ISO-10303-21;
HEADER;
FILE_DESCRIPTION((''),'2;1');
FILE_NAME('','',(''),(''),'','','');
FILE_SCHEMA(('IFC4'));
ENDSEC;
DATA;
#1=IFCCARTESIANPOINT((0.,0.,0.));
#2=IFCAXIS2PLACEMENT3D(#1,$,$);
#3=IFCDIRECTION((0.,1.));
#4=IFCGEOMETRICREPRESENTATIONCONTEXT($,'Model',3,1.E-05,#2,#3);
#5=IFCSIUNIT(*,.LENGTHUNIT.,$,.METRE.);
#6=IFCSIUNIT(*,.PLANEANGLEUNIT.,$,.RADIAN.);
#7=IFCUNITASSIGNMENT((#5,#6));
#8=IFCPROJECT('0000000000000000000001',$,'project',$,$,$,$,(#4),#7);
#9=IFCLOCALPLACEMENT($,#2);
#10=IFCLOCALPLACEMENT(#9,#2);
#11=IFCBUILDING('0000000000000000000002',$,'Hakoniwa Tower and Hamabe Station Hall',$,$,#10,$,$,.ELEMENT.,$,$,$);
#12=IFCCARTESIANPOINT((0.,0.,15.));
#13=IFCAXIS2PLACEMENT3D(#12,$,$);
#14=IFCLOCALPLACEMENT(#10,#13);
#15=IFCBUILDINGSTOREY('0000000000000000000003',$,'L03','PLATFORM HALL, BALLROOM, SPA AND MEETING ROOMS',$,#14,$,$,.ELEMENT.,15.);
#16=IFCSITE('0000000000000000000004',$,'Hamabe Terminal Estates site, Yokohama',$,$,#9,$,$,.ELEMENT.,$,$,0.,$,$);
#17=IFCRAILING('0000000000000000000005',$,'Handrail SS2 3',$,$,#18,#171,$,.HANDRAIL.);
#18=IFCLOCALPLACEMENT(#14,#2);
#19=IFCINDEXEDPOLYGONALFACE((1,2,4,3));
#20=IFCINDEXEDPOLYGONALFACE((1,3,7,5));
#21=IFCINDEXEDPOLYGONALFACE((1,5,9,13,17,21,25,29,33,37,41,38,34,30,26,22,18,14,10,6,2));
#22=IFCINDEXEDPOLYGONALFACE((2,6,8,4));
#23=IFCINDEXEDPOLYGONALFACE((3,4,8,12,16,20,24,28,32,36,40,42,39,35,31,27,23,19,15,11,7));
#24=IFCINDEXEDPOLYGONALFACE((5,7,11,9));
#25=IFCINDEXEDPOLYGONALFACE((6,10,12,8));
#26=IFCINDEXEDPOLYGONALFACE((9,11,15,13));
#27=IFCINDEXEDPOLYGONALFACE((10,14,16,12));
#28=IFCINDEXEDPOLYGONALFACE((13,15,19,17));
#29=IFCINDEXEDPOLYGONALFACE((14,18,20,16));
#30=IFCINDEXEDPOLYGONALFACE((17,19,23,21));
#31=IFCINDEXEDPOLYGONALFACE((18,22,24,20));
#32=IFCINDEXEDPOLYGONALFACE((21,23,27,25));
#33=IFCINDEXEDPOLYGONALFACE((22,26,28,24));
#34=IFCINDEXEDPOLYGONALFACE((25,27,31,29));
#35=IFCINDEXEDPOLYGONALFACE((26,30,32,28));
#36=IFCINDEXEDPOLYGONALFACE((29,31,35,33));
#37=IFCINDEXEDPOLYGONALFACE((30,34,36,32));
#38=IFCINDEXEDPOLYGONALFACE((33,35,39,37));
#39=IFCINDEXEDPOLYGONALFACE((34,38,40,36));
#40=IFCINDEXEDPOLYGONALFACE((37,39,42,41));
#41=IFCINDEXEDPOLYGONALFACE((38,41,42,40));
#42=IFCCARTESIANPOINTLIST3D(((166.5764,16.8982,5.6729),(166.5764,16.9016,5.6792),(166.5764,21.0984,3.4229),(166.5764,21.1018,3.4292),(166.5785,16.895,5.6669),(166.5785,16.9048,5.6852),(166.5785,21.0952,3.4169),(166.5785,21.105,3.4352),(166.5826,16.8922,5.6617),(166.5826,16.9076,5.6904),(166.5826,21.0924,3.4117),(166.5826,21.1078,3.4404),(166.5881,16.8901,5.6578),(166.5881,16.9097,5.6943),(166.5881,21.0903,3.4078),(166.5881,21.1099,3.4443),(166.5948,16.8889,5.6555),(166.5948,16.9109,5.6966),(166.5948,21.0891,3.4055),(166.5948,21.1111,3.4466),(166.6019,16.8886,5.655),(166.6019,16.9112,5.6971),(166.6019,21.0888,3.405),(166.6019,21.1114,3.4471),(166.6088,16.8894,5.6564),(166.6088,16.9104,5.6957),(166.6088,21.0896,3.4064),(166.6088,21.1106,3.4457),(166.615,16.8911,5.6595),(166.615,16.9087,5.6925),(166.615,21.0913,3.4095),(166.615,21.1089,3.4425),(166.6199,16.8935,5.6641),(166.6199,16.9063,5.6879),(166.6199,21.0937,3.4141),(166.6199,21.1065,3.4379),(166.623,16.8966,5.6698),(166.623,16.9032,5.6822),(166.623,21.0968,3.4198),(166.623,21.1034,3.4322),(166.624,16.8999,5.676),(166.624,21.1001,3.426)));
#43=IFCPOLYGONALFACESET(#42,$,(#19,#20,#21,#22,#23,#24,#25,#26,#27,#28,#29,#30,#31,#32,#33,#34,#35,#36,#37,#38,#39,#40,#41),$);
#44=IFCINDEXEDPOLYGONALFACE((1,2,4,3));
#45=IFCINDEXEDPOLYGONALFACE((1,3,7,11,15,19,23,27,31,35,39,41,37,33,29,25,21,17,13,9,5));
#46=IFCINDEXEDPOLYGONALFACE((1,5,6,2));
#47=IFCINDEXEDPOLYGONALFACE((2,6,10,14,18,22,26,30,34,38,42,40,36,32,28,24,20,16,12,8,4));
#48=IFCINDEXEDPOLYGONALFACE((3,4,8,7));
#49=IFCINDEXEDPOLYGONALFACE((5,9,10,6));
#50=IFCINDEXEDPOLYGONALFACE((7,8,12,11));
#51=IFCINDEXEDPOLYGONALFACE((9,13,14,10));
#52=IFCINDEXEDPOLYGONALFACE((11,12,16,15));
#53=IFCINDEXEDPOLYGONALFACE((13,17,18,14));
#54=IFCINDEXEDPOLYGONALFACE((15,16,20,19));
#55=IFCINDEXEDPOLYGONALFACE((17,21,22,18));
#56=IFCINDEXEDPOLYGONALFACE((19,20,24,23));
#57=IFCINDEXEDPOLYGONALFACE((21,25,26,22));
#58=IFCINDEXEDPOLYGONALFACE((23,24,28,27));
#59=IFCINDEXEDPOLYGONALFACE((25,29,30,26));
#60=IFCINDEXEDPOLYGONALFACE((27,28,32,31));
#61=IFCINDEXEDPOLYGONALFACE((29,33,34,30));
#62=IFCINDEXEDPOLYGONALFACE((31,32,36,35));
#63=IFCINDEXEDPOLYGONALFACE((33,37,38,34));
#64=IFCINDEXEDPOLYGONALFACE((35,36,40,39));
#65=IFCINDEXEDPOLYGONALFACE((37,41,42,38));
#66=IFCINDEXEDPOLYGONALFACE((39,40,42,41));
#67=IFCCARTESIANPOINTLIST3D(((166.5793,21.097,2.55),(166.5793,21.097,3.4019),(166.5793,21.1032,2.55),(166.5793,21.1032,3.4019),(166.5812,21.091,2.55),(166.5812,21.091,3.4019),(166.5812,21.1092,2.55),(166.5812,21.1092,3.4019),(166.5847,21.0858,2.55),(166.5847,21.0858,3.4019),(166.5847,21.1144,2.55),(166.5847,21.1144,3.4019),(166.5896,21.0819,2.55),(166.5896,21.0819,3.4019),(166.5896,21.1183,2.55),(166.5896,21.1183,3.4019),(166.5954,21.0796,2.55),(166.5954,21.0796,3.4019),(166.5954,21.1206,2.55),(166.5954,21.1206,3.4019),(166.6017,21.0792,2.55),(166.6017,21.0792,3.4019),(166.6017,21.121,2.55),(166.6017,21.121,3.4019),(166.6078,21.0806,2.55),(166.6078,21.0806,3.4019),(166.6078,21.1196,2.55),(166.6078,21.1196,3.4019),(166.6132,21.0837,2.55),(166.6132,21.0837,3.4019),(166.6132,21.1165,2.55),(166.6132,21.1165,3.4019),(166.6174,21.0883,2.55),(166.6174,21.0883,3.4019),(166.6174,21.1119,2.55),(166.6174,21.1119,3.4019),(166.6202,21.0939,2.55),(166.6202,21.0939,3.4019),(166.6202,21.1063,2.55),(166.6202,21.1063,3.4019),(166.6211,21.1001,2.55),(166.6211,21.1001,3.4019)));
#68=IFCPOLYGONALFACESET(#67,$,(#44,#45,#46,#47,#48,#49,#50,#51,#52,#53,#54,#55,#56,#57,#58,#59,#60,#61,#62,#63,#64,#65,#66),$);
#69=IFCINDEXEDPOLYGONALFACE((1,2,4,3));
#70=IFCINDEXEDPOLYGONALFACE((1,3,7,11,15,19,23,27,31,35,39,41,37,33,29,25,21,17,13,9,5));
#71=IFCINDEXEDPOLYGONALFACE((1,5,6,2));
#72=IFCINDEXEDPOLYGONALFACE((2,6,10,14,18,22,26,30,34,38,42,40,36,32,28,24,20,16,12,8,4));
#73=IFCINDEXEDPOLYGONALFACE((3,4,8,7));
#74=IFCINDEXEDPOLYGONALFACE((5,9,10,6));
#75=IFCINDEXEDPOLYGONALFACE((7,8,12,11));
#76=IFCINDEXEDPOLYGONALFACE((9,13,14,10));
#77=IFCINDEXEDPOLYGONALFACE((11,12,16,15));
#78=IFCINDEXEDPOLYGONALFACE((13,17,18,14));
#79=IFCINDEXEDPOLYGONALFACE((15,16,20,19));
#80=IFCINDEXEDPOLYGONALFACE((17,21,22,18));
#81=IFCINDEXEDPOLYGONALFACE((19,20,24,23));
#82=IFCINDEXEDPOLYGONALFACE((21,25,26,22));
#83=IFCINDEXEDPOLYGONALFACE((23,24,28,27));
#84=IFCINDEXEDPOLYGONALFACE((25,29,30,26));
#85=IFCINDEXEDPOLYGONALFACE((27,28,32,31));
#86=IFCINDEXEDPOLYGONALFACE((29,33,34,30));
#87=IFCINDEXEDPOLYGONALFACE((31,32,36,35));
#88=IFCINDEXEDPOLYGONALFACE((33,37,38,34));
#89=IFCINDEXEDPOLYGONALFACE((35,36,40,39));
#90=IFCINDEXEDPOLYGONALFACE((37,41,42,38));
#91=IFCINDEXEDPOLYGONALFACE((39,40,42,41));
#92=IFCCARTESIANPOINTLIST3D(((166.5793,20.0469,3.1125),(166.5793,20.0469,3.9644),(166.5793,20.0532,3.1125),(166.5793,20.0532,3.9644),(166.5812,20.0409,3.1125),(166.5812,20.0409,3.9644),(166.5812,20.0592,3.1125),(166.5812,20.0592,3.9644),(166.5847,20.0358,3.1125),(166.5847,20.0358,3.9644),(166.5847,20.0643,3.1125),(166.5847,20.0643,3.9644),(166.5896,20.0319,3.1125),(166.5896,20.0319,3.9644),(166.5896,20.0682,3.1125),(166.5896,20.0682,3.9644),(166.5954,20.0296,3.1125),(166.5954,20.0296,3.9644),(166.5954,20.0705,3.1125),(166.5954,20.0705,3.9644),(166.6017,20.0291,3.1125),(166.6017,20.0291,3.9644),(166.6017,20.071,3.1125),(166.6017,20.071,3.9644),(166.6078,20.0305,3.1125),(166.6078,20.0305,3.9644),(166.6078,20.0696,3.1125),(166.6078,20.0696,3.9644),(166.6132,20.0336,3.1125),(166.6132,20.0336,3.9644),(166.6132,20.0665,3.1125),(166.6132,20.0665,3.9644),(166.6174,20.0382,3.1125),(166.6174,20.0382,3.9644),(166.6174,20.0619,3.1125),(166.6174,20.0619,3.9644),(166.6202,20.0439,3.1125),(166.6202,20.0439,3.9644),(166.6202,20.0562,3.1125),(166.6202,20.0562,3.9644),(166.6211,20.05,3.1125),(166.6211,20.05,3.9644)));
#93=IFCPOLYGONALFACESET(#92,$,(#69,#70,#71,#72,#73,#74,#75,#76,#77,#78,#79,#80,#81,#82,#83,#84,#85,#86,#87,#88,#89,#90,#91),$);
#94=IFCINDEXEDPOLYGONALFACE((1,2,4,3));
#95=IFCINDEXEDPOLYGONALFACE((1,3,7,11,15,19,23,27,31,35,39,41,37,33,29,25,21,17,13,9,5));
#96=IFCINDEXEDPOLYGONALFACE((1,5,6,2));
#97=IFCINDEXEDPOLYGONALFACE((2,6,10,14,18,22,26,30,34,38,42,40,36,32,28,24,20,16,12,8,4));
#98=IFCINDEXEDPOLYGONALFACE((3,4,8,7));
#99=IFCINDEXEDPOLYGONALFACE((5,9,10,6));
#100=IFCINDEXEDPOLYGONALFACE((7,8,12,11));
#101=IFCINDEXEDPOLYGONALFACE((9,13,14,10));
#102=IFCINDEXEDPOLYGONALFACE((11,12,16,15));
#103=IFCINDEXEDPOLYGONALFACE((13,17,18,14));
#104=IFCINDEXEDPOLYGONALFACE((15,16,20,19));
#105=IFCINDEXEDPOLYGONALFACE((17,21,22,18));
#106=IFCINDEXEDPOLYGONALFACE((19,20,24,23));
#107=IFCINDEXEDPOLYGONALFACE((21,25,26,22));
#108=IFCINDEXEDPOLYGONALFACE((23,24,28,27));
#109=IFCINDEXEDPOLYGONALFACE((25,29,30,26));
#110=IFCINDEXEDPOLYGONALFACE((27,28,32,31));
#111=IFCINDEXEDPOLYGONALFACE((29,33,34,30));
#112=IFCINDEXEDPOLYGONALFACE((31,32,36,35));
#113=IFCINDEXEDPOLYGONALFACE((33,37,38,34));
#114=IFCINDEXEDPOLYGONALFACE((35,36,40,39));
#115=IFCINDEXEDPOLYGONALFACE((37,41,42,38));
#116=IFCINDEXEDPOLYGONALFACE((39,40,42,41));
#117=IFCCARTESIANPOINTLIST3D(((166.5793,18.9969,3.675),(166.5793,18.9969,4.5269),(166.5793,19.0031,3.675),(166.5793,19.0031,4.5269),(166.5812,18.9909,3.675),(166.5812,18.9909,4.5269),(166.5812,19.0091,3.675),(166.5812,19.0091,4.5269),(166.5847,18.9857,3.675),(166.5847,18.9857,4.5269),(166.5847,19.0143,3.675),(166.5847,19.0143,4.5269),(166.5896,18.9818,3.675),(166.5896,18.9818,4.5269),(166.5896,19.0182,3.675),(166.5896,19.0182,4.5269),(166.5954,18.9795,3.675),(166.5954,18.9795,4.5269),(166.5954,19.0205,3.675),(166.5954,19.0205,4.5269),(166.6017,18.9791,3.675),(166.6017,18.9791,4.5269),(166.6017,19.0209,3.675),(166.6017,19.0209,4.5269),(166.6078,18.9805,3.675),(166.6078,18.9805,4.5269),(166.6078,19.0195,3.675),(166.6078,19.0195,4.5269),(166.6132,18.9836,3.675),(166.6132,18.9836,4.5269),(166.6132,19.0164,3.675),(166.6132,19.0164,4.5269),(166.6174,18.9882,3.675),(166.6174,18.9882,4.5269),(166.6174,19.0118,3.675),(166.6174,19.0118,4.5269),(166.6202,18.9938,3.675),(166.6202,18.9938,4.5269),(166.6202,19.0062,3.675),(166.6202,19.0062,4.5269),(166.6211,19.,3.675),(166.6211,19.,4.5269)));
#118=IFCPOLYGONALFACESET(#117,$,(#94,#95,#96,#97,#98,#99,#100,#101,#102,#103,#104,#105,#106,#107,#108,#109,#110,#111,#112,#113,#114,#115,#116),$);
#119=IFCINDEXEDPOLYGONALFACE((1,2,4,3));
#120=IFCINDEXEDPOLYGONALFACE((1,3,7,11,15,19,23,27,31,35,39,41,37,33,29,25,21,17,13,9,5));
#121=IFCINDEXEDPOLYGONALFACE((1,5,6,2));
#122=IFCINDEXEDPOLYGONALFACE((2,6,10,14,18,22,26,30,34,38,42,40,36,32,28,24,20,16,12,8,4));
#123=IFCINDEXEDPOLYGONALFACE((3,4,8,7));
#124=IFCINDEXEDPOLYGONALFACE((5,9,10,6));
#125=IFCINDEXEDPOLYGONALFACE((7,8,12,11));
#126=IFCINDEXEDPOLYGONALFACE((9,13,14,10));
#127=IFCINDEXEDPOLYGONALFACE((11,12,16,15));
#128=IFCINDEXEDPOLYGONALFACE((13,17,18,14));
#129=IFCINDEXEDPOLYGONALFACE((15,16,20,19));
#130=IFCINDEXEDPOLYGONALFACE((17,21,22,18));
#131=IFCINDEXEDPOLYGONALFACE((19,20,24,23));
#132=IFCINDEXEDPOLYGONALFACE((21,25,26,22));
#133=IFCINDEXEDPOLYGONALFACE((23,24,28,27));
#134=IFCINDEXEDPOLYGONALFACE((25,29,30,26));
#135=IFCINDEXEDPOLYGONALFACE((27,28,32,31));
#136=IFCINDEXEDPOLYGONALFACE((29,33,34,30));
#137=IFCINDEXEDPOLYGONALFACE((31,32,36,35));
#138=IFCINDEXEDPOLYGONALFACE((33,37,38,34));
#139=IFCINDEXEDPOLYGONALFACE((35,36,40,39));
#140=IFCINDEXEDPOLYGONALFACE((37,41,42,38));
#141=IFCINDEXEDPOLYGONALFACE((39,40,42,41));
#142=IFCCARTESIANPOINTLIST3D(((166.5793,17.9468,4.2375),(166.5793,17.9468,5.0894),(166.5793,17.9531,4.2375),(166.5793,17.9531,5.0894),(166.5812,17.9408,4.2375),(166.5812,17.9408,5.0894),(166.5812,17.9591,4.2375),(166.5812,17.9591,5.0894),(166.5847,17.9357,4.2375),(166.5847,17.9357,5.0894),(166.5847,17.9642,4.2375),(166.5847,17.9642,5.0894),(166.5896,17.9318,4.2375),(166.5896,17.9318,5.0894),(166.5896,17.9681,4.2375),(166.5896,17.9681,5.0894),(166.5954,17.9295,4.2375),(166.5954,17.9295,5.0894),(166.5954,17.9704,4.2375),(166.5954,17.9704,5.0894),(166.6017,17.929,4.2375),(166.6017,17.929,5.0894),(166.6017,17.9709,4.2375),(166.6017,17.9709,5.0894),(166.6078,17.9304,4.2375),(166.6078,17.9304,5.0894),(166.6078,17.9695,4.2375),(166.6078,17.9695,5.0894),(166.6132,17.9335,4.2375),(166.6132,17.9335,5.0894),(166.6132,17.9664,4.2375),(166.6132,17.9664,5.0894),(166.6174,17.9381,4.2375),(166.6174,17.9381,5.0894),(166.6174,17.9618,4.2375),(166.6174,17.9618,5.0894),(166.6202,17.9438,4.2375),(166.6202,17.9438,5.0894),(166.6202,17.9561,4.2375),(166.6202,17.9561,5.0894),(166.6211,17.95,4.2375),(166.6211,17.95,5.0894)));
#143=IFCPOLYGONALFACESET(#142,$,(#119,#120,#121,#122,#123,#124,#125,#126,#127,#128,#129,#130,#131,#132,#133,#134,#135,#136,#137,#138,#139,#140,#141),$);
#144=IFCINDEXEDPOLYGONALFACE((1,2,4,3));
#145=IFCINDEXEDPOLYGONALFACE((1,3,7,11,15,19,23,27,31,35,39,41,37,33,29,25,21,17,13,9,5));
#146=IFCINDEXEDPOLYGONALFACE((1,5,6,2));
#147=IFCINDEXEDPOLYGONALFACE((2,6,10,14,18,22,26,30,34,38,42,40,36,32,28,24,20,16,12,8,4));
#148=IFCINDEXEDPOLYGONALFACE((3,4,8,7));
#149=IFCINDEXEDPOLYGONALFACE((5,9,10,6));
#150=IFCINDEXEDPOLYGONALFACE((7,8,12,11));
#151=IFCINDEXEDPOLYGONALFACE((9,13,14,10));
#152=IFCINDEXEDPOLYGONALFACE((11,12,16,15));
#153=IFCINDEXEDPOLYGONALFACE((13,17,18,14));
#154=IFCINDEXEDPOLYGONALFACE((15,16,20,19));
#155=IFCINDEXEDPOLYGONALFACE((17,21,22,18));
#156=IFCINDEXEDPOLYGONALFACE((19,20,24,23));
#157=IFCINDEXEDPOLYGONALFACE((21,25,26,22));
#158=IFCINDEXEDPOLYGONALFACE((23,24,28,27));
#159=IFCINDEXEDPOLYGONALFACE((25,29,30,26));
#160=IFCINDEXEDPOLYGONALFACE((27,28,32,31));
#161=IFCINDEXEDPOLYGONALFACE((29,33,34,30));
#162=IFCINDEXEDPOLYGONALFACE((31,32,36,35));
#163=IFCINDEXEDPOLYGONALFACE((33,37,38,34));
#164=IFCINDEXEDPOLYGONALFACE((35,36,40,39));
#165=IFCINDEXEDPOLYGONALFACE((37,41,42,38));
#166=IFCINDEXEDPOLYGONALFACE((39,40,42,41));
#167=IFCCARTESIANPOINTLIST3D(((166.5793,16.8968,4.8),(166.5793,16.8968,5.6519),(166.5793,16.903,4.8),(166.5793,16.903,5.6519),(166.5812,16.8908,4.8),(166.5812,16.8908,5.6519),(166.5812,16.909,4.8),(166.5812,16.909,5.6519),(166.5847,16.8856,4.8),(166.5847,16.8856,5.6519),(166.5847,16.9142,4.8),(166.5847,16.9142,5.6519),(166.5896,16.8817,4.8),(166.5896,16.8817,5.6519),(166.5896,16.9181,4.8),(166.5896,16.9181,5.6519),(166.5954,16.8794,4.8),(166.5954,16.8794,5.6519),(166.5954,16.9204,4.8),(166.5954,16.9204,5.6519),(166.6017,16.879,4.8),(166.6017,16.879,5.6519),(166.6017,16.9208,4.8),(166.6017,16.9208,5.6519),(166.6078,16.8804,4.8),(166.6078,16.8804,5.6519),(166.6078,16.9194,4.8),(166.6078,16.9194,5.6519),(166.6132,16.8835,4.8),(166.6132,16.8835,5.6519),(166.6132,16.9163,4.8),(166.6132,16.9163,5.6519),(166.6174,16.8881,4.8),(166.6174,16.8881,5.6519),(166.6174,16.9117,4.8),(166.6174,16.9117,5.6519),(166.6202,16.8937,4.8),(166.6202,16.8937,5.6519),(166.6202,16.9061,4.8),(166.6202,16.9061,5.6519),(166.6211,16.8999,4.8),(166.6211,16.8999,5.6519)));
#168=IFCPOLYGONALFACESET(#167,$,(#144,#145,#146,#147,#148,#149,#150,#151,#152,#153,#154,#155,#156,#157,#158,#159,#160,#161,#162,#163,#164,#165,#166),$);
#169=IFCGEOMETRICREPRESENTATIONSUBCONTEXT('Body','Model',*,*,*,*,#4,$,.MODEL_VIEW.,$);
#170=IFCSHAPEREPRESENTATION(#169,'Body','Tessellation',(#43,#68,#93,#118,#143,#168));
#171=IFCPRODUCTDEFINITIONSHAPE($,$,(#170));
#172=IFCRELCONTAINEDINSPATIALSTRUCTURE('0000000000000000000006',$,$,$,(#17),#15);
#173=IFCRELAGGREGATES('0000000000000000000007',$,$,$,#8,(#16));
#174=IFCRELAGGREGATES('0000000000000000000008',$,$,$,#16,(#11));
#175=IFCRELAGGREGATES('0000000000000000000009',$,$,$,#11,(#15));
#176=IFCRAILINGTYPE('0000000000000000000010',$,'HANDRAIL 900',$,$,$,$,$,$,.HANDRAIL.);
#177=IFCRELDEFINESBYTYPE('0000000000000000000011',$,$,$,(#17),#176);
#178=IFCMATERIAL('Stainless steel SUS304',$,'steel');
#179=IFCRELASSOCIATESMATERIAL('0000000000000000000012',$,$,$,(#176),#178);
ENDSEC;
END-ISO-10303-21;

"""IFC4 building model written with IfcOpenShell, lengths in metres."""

from ifc_helpers import new_model, si_unit, direction, frame, origin, origin_2d, place, context, subcontext, project, spatial, circle, extrude, material, type_object, element, save


model = new_model("IFC4")

# Units and contexts
model_context = context("Model", 3, precision=1e-05, world=origin(), true_north=direction((0.0, 1.0)))
body_context = subcontext(model_context, "Body", "Model", "MODEL_VIEW")
ifc_project = project(units=[si_unit("LENGTHUNIT", "METRE"), si_unit("PLANEANGLEUNIT", "RADIAN")], contexts=[model_context])

# Site, building, storey
site_placement = place(None, origin())
site = spatial("IfcSite", under=ifc_project, at=site_placement, Name="Hamabe Terminal Estates site, Yokohama", CompositionType="ELEMENT", RefElevation=0.0)
building_placement = place(site_placement, origin())
building = spatial("IfcBuilding", under=site, at=building_placement, Name="Hakoniwa Tower and Hamabe Station Hall", CompositionType="ELEMENT")
storey_placement = place(building_placement, frame((0.0, 0.0, 15.0)))
storey = spatial("IfcBuildingStorey", under=building, at=storey_placement, Name="L03", Description="PLATFORM HALL, BALLROOM, SPA AND MEETING ROOMS", CompositionType="ELEMENT", Elevation=15.0)

# Railing
ifc_material_1 = material(Name="Stainless steel SUS304", Category="steel")
railing_type_1 = type_object("IfcRailingType", Name="HANDRAIL 900", PredefinedType="HANDRAIL", material=ifc_material_1)
for number, where, name in (
    (1, (166.6001, 21.1001, 2.55), "Handrail SS2 3"),
):
    element("IfcRailing", number, at=place(storey_placement, frame(where)), inside=storey, type_object=railing_type_1, Name=name, PredefinedType="HANDRAIL", context=body_context, shape_type="SweptSolid", body=[
        extrude(circle(Radius=0.0239, at=origin_2d()), frame((0.0, 0.0, 0.876), z_axis=(0.0, -0.881489, 0.472204), x_axis=(1.0, 0.0, 0.0)), (0.0, 0.0, 1.0), 4.7649),
        extrude(circle(Radius=0.021, at=origin_2d()), origin(), (0.0, 0.0, 1.0), 0.8518),
        extrude(circle(Radius=0.021, at=origin_2d()), frame((0.0, -1.05, 0.5625)), (0.0, 0.0, 1.0), 0.8518),
        extrude(circle(Radius=0.021, at=origin_2d()), frame((0.0, -2.1001, 1.125)), (0.0, 0.0, 1.0), 0.8518),
        extrude(circle(Radius=0.021, at=origin_2d()), frame((0.0, -3.1501, 1.6875)), (0.0, 0.0, 1.0), 0.8518),
        extrude(circle(Radius=0.021, at=origin_2d()), frame((0.0, -4.2002, 2.25)), (0.0, 0.0, 1.0), 0.8518),
    ])

save(model, "model.ifc")
